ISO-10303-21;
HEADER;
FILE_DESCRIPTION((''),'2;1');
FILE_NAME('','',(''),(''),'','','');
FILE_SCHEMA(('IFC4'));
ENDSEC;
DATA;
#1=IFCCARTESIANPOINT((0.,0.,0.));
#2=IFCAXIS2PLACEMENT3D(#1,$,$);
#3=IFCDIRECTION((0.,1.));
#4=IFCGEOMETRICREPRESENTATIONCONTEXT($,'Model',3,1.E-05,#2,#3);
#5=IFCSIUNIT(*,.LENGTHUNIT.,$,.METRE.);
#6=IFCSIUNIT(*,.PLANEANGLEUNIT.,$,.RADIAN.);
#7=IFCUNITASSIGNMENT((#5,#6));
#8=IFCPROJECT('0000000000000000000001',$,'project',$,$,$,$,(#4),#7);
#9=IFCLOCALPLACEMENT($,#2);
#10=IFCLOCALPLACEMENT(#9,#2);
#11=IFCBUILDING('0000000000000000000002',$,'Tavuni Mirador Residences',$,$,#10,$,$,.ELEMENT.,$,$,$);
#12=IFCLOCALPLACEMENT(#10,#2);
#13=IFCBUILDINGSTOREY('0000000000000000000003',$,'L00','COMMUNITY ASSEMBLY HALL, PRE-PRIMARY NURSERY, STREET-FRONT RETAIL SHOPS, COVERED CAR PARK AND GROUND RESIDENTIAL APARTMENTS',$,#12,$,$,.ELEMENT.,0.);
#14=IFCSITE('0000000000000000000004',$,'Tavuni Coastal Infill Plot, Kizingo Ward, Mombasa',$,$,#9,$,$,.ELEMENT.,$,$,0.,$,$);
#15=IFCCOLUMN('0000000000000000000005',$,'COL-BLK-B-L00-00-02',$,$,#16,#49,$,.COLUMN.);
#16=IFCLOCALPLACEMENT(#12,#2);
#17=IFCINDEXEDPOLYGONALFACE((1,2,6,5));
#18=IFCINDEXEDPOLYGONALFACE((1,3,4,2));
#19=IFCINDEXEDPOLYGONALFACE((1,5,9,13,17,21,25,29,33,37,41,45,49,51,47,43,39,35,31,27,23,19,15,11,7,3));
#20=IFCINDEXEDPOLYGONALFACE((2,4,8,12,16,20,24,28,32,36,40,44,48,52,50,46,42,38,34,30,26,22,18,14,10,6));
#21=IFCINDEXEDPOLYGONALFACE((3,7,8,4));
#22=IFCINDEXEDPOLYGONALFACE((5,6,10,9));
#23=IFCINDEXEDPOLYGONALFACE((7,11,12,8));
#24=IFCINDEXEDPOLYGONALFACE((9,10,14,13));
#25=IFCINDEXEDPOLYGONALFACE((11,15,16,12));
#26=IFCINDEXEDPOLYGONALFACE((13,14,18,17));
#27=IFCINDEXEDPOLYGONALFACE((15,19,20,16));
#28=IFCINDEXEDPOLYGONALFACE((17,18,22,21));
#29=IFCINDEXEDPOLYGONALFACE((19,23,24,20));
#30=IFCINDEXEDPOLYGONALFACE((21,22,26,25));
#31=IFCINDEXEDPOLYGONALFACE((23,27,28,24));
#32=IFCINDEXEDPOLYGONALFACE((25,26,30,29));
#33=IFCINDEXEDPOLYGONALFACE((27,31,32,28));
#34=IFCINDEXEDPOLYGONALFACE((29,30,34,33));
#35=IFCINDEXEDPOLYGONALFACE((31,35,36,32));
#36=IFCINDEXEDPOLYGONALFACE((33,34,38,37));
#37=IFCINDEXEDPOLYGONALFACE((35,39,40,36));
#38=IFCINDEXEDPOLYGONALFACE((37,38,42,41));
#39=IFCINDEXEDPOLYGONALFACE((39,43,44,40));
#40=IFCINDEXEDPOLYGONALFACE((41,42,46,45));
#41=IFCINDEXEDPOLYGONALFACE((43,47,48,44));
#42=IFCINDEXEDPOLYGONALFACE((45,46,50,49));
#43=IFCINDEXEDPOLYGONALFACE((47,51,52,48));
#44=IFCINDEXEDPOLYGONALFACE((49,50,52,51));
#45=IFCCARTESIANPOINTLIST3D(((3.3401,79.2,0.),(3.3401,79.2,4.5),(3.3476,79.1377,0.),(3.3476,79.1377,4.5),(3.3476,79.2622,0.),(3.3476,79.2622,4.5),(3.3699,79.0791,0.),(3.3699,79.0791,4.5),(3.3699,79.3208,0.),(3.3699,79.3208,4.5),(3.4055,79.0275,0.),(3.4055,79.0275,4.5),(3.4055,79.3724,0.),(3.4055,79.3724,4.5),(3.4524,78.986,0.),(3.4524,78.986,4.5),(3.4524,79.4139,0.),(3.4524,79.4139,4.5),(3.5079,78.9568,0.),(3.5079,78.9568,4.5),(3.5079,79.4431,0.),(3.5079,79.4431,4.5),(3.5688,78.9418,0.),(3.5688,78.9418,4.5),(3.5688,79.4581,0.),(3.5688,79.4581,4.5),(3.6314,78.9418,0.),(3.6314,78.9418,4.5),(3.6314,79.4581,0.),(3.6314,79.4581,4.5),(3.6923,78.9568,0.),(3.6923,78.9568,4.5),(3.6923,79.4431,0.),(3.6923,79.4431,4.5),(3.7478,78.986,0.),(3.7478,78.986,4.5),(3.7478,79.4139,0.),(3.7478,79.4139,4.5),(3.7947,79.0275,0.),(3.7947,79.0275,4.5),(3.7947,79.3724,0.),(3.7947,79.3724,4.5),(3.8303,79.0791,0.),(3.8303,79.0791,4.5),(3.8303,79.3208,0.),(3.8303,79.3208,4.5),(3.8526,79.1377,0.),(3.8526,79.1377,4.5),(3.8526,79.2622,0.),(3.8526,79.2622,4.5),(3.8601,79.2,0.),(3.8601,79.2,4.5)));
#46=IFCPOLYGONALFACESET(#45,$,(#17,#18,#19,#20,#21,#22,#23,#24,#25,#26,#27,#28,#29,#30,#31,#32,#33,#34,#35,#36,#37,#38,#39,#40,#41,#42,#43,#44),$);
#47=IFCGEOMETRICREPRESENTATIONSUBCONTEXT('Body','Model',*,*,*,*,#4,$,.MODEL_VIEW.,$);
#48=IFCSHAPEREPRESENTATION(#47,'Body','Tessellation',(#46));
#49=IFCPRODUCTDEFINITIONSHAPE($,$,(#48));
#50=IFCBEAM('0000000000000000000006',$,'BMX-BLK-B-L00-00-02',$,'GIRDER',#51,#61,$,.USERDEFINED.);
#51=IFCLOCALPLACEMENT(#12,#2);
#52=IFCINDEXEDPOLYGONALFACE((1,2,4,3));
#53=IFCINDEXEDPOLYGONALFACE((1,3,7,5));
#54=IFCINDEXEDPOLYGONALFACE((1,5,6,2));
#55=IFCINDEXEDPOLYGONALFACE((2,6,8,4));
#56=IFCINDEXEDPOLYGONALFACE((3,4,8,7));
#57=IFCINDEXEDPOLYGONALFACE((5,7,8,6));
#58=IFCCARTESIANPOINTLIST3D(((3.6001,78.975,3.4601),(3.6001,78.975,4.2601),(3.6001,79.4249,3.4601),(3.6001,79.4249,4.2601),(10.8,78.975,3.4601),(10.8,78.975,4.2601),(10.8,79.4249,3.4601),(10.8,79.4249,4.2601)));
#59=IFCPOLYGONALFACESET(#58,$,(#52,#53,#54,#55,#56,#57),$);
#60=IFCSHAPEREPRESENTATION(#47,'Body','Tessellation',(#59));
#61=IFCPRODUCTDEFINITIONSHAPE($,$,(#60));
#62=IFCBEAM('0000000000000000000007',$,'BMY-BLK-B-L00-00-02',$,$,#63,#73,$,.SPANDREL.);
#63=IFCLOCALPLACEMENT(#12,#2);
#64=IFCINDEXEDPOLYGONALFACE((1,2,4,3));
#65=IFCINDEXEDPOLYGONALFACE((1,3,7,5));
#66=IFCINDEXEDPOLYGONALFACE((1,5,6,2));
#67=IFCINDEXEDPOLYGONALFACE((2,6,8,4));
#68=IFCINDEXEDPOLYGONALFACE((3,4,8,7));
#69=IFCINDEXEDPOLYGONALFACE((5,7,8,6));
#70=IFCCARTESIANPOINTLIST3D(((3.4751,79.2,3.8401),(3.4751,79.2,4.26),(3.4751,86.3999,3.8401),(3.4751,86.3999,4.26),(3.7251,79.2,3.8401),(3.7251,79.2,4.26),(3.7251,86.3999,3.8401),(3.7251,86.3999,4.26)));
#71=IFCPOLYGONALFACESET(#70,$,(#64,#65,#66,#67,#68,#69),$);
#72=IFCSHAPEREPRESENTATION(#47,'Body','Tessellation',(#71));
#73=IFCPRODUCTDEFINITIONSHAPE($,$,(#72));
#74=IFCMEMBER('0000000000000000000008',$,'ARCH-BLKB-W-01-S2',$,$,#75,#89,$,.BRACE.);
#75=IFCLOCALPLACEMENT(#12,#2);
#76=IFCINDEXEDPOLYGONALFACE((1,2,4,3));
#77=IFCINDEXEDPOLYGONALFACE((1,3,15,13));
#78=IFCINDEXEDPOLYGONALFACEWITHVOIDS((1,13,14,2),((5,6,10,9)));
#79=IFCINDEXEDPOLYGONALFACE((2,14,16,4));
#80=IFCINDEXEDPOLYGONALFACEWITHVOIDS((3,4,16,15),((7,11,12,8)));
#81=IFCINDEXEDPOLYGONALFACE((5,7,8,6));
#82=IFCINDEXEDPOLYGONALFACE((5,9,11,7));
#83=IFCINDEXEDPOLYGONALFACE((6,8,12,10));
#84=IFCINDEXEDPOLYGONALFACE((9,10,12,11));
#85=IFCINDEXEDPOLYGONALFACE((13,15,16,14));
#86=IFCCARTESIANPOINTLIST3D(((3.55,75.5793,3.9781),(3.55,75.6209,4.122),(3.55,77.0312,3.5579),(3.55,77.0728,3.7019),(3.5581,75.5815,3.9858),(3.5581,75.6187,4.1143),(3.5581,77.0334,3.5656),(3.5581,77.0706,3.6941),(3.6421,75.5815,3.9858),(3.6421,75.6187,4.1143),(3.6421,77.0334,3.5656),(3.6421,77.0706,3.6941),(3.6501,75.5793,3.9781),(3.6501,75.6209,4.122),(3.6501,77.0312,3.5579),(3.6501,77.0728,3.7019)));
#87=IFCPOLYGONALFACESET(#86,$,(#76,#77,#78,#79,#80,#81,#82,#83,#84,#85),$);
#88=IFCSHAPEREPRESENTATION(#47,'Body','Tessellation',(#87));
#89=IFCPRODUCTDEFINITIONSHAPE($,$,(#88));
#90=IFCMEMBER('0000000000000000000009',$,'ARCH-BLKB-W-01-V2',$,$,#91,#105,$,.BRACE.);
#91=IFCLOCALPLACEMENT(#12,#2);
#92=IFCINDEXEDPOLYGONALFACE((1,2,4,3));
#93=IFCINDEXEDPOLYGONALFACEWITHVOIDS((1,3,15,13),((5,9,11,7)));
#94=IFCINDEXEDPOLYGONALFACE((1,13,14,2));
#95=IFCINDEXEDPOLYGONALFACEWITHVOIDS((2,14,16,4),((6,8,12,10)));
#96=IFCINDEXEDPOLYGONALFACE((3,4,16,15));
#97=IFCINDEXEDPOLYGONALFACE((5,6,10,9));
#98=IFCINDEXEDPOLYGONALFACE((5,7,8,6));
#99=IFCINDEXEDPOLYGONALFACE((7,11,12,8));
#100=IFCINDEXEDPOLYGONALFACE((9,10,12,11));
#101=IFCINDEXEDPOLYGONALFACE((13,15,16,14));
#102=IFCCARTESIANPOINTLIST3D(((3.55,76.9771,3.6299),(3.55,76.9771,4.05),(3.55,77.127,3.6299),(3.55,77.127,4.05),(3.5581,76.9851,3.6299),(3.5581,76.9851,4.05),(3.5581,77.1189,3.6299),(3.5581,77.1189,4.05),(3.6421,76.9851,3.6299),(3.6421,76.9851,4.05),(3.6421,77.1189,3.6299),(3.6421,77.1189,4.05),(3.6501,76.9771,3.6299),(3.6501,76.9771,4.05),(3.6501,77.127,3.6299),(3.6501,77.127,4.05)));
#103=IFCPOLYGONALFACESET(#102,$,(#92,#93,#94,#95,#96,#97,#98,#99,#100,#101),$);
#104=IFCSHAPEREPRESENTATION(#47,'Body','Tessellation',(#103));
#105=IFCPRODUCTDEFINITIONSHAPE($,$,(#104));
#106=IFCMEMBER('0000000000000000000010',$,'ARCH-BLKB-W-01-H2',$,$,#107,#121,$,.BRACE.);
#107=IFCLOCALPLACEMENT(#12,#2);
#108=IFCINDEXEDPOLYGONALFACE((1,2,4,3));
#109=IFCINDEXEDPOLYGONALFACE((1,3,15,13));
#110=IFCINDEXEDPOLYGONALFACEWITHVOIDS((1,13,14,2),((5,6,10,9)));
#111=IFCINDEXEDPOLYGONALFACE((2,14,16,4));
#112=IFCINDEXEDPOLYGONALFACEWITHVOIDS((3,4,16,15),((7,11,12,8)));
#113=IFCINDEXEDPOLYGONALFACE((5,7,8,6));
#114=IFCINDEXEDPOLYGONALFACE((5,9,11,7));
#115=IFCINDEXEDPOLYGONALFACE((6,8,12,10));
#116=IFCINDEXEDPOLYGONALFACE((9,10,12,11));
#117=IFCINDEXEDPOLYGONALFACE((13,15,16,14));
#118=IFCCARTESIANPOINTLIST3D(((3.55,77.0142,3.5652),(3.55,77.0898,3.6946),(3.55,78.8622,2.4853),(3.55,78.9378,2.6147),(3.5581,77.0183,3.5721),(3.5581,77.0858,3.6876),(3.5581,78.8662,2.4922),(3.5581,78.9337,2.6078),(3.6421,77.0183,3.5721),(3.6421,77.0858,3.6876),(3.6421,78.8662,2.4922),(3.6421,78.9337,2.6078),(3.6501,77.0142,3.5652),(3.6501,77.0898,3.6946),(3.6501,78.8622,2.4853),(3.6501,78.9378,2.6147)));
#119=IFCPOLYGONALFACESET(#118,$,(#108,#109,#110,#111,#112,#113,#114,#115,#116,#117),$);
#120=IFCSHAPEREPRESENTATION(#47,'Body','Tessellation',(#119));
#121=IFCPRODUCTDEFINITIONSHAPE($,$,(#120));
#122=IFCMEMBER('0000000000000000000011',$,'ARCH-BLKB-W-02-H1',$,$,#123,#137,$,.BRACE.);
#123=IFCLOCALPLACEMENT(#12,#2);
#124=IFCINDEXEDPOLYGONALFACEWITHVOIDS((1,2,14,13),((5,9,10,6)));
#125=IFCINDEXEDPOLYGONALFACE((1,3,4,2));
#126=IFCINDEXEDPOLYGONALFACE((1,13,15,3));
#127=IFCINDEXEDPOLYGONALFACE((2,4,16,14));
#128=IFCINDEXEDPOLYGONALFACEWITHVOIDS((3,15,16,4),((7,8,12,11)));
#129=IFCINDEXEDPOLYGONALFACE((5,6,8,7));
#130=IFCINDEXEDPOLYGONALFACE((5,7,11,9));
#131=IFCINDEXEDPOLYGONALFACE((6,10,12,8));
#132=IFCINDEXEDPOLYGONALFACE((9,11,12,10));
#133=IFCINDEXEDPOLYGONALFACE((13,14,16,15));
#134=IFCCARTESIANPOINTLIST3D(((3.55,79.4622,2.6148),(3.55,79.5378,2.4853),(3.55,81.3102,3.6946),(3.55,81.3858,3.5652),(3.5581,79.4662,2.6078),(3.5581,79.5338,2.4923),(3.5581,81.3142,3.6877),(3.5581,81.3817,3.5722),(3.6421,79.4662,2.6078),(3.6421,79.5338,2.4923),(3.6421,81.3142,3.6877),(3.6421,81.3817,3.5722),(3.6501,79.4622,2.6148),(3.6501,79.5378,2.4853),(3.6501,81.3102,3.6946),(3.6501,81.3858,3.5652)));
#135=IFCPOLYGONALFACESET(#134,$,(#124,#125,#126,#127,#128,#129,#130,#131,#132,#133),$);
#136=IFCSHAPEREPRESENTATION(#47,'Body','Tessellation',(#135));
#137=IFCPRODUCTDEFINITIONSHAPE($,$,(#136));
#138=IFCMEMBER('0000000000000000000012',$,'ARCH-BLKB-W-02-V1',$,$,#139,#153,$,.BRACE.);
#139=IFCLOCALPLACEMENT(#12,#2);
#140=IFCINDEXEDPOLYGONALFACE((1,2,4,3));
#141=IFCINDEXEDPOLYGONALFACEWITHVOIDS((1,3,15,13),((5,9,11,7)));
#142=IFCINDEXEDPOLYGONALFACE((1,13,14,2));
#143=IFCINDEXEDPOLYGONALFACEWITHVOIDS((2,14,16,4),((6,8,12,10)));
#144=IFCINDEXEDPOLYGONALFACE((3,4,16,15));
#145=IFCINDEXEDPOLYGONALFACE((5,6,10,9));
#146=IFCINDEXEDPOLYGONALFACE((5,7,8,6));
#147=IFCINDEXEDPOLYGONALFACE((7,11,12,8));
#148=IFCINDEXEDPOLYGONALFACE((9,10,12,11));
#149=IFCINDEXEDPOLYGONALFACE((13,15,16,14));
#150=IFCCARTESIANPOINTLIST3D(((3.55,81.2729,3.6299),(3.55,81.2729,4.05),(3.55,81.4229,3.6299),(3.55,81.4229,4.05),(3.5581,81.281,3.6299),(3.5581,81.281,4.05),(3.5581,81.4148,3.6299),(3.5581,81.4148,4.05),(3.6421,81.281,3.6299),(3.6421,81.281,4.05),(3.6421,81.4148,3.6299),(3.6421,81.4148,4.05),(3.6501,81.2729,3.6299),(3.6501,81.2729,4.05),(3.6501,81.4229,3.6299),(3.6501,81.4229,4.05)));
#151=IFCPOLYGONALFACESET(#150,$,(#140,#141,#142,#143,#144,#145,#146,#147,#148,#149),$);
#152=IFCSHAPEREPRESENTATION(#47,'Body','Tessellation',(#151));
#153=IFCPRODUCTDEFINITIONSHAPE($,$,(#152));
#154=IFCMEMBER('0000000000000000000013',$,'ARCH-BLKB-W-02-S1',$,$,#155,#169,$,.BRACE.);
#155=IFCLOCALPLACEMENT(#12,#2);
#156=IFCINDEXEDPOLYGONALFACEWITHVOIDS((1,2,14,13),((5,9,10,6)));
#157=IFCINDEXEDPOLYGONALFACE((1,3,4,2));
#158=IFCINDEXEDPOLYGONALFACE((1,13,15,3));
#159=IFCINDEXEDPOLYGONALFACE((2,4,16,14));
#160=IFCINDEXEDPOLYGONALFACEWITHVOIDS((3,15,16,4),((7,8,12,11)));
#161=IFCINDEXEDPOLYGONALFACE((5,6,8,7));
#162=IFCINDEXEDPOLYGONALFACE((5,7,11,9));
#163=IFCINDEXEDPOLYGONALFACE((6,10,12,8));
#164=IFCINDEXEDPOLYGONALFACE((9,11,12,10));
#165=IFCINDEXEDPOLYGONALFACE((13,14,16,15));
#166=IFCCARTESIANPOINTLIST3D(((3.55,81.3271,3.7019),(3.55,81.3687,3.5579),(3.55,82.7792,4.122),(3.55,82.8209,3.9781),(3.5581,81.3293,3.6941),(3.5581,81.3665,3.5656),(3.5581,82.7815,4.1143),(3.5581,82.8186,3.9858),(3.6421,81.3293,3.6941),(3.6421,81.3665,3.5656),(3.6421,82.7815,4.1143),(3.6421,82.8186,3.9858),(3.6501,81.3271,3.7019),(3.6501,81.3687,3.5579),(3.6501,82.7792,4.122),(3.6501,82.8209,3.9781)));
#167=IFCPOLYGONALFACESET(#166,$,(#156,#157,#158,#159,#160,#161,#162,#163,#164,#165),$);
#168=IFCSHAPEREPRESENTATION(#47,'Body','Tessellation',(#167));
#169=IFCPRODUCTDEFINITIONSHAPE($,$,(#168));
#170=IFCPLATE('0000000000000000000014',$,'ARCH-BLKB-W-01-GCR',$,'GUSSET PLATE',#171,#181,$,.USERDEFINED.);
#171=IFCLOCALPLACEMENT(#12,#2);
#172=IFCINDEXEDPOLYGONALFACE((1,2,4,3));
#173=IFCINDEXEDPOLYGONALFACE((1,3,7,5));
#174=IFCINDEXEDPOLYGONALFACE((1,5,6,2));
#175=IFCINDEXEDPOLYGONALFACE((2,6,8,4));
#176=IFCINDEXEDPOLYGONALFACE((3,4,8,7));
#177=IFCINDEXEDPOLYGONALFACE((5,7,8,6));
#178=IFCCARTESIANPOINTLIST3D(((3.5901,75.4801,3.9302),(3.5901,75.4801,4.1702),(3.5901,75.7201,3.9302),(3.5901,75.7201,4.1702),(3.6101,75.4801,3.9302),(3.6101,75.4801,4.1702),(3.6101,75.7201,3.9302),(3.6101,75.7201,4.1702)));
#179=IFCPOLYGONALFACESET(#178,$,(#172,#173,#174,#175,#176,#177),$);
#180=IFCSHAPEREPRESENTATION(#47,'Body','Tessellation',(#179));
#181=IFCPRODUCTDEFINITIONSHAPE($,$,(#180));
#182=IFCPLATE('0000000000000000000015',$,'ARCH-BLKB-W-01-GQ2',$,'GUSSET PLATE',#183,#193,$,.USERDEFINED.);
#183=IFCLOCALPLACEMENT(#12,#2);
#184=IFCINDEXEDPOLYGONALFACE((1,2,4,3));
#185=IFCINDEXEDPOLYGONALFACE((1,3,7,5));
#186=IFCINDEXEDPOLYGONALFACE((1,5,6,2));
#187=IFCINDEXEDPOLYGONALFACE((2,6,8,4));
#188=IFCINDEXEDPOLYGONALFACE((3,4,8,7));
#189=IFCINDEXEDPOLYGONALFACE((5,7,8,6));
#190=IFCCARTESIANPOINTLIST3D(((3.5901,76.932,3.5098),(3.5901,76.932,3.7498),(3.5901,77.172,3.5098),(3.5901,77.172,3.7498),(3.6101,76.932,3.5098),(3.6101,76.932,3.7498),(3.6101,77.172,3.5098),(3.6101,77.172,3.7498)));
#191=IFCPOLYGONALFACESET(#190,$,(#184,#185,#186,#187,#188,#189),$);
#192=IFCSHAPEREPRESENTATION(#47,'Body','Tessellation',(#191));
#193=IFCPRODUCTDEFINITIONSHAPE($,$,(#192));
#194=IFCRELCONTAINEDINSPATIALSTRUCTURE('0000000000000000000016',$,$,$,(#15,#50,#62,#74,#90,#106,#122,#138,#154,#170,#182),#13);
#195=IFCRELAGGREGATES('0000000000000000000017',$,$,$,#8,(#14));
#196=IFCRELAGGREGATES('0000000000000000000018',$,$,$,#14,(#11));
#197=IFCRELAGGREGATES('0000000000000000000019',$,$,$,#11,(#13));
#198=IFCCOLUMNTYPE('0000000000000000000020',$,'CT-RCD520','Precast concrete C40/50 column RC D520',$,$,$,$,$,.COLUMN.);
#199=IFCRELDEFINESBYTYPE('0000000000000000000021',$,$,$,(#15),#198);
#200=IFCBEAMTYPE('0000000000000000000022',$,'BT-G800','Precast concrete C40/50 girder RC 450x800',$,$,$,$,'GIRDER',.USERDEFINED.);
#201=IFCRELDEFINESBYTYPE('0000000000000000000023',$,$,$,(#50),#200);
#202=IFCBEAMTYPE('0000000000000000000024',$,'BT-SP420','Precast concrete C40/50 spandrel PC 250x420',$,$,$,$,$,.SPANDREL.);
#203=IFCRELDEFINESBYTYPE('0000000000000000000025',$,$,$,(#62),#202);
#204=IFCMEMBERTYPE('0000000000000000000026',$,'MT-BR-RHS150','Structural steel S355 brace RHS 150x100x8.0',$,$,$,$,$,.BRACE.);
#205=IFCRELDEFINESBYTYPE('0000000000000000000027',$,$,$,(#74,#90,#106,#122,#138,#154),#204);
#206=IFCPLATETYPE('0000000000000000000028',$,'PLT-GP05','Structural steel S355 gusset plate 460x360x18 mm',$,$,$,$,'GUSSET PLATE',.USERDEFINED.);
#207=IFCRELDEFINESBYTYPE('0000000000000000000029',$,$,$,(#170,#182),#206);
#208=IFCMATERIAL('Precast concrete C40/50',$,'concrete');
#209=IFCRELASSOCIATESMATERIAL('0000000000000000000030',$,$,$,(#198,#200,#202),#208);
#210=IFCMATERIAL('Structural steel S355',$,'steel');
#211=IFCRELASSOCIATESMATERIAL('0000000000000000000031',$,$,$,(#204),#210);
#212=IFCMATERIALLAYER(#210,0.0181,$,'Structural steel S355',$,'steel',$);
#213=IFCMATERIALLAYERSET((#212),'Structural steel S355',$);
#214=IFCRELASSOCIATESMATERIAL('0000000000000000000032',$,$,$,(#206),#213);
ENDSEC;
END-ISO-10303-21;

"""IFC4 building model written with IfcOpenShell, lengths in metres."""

from ifc_helpers import new_model, si_unit, direction, frame, origin, origin_2d, place, context, subcontext, project, spatial, rectangle, hollow_rectangle, circle, extrude, material, layer, layer_set, material_profile, profile_set, type_object, element, save


model = new_model("IFC4")

# Units and contexts
model_context = context("Model", 3, precision=1e-05, world=origin(), true_north=direction((0.0, 1.0)))
body_context = subcontext(model_context, "Body", "Model", "MODEL_VIEW")
ifc_project = project(units=[si_unit("LENGTHUNIT", "METRE"), si_unit("PLANEANGLEUNIT", "RADIAN")], contexts=[model_context])

# Site, building, storey
site_placement = place(None, origin())
site = spatial("IfcSite", under=ifc_project, at=site_placement, Name="Tavuni Coastal Infill Plot, Kizingo Ward, Mombasa", CompositionType="ELEMENT", RefElevation=0.0)
building_placement = place(site_placement, origin())
building = spatial("IfcBuilding", under=site, at=building_placement, Name="Tavuni Mirador Residences", CompositionType="ELEMENT")
storey_placement = place(building_placement, origin())
storey = spatial("IfcBuildingStorey", under=building, at=storey_placement, Name="L00", Description="COMMUNITY ASSEMBLY HALL, PRE-PRIMARY NURSERY, STREET-FRONT RETAIL SHOPS, COVERED CAR PARK AND GROUND RESIDENTIAL APARTMENTS", CompositionType="ELEMENT", Elevation=0.0)

# Column
ifc_material_1 = material(Name="Precast concrete C40/50", Category="concrete")
ifc_material_profile_1 = material_profile(ifc_material_1, circle(Radius=0.26, at=origin_2d()), Name="RC D520", Category="concrete")
ifc_profile_set_1 = profile_set([ifc_material_profile_1], Name="Precast concrete C40/50")
column_type = type_object("IfcColumnType", Name="CT-RCD520", Description="Precast concrete C40/50 column RC D520", PredefinedType="COLUMN", material=ifc_profile_set_1)
column_placement = place(storey_placement, frame((3.6001, 79.2, 0.0), z_axis=(0.0, 0.0, 1.0), x_axis=(1.0, 0.0, 0.0)))
element("IfcColumn", 1, at=column_placement, inside=storey, type_object=column_type, Name="COL-BLK-B-L00-00-02", PredefinedType="COLUMN", context=body_context, shape_type="SweptSolid", body=[
    extrude(circle(Radius=0.26, at=origin_2d()), origin(), (0.0, 0.0, 1.0), 4.5),
])

# Beams
ifc_material_profile_2 = material_profile(ifc_material_1, rectangle(XDim=0.45, YDim=0.8, at=origin_2d()), Name="RC 450x800", Category="concrete")
ifc_profile_set_2 = profile_set([ifc_material_profile_2], Name="Precast concrete C40/50")
beam_type_1 = type_object("IfcBeamType", Name="BT-G800", Description="Precast concrete C40/50 girder RC 450x800", ElementType="GIRDER", PredefinedType="USERDEFINED", material=ifc_profile_set_2)
beam_1_placement = place(storey_placement, frame((3.6001, 79.2, 3.8601), z_axis=(1.0, 0.0, 0.0), x_axis=(0.0, 1.0, 0.0)))
element("IfcBeam", 2, at=beam_1_placement, inside=storey, type_object=beam_type_1, Name="BMX-BLK-B-L00-00-02", ObjectType="GIRDER", PredefinedType="USERDEFINED", context=body_context, shape_type="SweptSolid", body=[
    extrude(rectangle(XDim=0.45, YDim=0.8, at=origin_2d()), origin(), (0.0, 0.0, 1.0), 7.2),
])
ifc_material_profile_3 = material_profile(ifc_material_1, rectangle(XDim=0.25, YDim=0.4199, at=origin_2d()), Name="PC 250x420", Category="concrete")
ifc_profile_set_3 = profile_set([ifc_material_profile_3], Name="Precast concrete C40/50")
beam_type_2 = type_object("IfcBeamType", Name="BT-SP420", Description="Precast concrete C40/50 spandrel PC 250x420", PredefinedType="SPANDREL", material=ifc_profile_set_3)
beam_2_placement = place(storey_placement, frame((3.6001, 79.2, 4.05), z_axis=(0.0, 1.0, 0.0), x_axis=(-1.0, 0.0, 0.0)))
element("IfcBeam", 3, at=beam_2_placement, inside=storey, type_object=beam_type_2, Name="BMY-BLK-B-L00-00-02", PredefinedType="SPANDREL", context=body_context, shape_type="SweptSolid", body=[
    extrude(rectangle(XDim=0.25, YDim=0.4199, at=origin_2d()), origin(), (0.0, 0.0, 1.0), 7.2),
])

# Members
ifc_material_2 = material(Name="Structural steel S355", Category="steel")
ifc_material_profile_4 = material_profile(ifc_material_2, hollow_rectangle(XDim=0.1001, YDim=0.1499, WallThickness=0.0081, at=origin_2d()), Name="RHS 150x100x8.0", Category="steel")
ifc_profile_set_4 = profile_set([ifc_material_profile_4], Name="Structural steel S355")
member_type = type_object("IfcMemberType", Name="MT-BR-RHS150", Description="Structural steel S355 brace RHS 150x100x8.0", PredefinedType="BRACE", material=ifc_profile_set_4)
member_1_placement = place(storey_placement, frame((3.6001, 75.6001, 4.05), z_axis=(0.0, 0.960586, -0.277984), x_axis=(-1.0, 0.0, 0.0)))
element("IfcMember", 4, at=member_1_placement, inside=storey, type_object=member_type, Name="ARCH-BLKB-W-01-S2", PredefinedType="BRACE", context=body_context, shape_type="SweptSolid", body=[
    extrude(hollow_rectangle(XDim=0.1001, YDim=0.1499, WallThickness=0.0081, at=origin_2d()), origin(), (0.0, 0.0, 1.0), 1.5115),
])
member_2_placement = place(storey_placement, frame((3.6001, 77.052, 3.6299), z_axis=(0.0, 0.0, 1.0), x_axis=(1.0, 0.0, 0.0)))
element("IfcMember", 5, at=member_2_placement, inside=storey, type_object=member_type, Name="ARCH-BLKB-W-01-V2", PredefinedType="BRACE", context=body_context, shape_type="SweptSolid", body=[
    extrude(hollow_rectangle(XDim=0.1001, YDim=0.1499, WallThickness=0.0081, at=origin_2d()), origin(), (0.0, 0.0, 1.0), 0.4202),
])
for number, where, z_axis, x_axis, name in (
    (6, (3.6001, 77.052, 3.6299), (0.0, 0.863394, -0.50453), (-1.0, 0.0, 0.0), "ARCH-BLKB-W-01-H2"),
    (7, (3.6001, 79.5, 2.55), (0.0, 0.863394, 0.50453), (-1.0, 0.0, 0.0), "ARCH-BLKB-W-02-H1"),
):
    element("IfcMember", number, at=place(storey_placement, frame(where, z_axis=z_axis, x_axis=x_axis)), inside=storey, type_object=member_type, Name=name, PredefinedType="BRACE", context=body_context, shape_type="SweptSolid", body=[
        extrude(hollow_rectangle(XDim=0.1001, YDim=0.1499, WallThickness=0.0081, at=origin_2d()), origin(), (0.0, 0.0, 1.0), 2.1404),
    ])
member_3_placement = place(storey_placement, frame((3.6001, 81.3479, 3.6299), z_axis=(0.0, 0.0, 1.0), x_axis=(1.0, 0.0, 0.0)))
element("IfcMember", 8, at=member_3_placement, inside=storey, type_object=member_type, Name="ARCH-BLKB-W-02-V1", PredefinedType="BRACE", context=body_context, shape_type="SweptSolid", body=[
    extrude(hollow_rectangle(XDim=0.1001, YDim=0.1499, WallThickness=0.0081, at=origin_2d()), origin(), (0.0, 0.0, 1.0), 0.4202),
])
member_4_placement = place(storey_placement, frame((3.6001, 81.3479, 3.6299), z_axis=(0.0, 0.960598, 0.27794), x_axis=(-1.0, 0.0, 0.0)))
element("IfcMember", 9, at=member_4_placement, inside=storey, type_object=member_type, Name="ARCH-BLKB-W-02-S1", PredefinedType="BRACE", context=body_context, shape_type="SweptSolid", body=[
    extrude(hollow_rectangle(XDim=0.1001, YDim=0.1499, WallThickness=0.0081, at=origin_2d()), origin(), (0.0, 0.0, 1.0), 1.5117),
])

# Plates
ifc_layer_1 = layer(ifc_material_2, 0.0181, Name="Structural steel S355", Category="steel")
ifc_layer_set_1 = layer_set([ifc_layer_1], Name="Structural steel S355")
plate_type = type_object("IfcPlateType", Name="PLT-GP05", Description="Structural steel S355 gusset plate 460x360x18 mm", ElementType="GUSSET PLATE", PredefinedType="USERDEFINED", material=ifc_layer_set_1)
for number, where, z_axis, x_axis, name in (
    (10, (3.6001, 75.6001, 3.9302), (0.0, 0.0, 1.0), (1.0, 0.0, 0.0), "ARCH-BLKB-W-01-GCR"),
    (11, (3.6001, 77.052, 3.5098), (0.0, 0.0, 1.0), (1.0, 0.0, 0.0), "ARCH-BLKB-W-01-GQ2"),
):
    element("IfcPlate", number, at=place(storey_placement, frame(where, z_axis=z_axis, x_axis=x_axis)), inside=storey, type_object=plate_type, Name=name, ObjectType="GUSSET PLATE", PredefinedType="USERDEFINED", context=body_context, shape_type="SweptSolid", body=[
        extrude(rectangle(XDim=0.02, YDim=0.24, at=origin_2d()), origin(), (0.0, 0.0, 1.0), 0.24),
    ])

save(model, "model.ifc")
